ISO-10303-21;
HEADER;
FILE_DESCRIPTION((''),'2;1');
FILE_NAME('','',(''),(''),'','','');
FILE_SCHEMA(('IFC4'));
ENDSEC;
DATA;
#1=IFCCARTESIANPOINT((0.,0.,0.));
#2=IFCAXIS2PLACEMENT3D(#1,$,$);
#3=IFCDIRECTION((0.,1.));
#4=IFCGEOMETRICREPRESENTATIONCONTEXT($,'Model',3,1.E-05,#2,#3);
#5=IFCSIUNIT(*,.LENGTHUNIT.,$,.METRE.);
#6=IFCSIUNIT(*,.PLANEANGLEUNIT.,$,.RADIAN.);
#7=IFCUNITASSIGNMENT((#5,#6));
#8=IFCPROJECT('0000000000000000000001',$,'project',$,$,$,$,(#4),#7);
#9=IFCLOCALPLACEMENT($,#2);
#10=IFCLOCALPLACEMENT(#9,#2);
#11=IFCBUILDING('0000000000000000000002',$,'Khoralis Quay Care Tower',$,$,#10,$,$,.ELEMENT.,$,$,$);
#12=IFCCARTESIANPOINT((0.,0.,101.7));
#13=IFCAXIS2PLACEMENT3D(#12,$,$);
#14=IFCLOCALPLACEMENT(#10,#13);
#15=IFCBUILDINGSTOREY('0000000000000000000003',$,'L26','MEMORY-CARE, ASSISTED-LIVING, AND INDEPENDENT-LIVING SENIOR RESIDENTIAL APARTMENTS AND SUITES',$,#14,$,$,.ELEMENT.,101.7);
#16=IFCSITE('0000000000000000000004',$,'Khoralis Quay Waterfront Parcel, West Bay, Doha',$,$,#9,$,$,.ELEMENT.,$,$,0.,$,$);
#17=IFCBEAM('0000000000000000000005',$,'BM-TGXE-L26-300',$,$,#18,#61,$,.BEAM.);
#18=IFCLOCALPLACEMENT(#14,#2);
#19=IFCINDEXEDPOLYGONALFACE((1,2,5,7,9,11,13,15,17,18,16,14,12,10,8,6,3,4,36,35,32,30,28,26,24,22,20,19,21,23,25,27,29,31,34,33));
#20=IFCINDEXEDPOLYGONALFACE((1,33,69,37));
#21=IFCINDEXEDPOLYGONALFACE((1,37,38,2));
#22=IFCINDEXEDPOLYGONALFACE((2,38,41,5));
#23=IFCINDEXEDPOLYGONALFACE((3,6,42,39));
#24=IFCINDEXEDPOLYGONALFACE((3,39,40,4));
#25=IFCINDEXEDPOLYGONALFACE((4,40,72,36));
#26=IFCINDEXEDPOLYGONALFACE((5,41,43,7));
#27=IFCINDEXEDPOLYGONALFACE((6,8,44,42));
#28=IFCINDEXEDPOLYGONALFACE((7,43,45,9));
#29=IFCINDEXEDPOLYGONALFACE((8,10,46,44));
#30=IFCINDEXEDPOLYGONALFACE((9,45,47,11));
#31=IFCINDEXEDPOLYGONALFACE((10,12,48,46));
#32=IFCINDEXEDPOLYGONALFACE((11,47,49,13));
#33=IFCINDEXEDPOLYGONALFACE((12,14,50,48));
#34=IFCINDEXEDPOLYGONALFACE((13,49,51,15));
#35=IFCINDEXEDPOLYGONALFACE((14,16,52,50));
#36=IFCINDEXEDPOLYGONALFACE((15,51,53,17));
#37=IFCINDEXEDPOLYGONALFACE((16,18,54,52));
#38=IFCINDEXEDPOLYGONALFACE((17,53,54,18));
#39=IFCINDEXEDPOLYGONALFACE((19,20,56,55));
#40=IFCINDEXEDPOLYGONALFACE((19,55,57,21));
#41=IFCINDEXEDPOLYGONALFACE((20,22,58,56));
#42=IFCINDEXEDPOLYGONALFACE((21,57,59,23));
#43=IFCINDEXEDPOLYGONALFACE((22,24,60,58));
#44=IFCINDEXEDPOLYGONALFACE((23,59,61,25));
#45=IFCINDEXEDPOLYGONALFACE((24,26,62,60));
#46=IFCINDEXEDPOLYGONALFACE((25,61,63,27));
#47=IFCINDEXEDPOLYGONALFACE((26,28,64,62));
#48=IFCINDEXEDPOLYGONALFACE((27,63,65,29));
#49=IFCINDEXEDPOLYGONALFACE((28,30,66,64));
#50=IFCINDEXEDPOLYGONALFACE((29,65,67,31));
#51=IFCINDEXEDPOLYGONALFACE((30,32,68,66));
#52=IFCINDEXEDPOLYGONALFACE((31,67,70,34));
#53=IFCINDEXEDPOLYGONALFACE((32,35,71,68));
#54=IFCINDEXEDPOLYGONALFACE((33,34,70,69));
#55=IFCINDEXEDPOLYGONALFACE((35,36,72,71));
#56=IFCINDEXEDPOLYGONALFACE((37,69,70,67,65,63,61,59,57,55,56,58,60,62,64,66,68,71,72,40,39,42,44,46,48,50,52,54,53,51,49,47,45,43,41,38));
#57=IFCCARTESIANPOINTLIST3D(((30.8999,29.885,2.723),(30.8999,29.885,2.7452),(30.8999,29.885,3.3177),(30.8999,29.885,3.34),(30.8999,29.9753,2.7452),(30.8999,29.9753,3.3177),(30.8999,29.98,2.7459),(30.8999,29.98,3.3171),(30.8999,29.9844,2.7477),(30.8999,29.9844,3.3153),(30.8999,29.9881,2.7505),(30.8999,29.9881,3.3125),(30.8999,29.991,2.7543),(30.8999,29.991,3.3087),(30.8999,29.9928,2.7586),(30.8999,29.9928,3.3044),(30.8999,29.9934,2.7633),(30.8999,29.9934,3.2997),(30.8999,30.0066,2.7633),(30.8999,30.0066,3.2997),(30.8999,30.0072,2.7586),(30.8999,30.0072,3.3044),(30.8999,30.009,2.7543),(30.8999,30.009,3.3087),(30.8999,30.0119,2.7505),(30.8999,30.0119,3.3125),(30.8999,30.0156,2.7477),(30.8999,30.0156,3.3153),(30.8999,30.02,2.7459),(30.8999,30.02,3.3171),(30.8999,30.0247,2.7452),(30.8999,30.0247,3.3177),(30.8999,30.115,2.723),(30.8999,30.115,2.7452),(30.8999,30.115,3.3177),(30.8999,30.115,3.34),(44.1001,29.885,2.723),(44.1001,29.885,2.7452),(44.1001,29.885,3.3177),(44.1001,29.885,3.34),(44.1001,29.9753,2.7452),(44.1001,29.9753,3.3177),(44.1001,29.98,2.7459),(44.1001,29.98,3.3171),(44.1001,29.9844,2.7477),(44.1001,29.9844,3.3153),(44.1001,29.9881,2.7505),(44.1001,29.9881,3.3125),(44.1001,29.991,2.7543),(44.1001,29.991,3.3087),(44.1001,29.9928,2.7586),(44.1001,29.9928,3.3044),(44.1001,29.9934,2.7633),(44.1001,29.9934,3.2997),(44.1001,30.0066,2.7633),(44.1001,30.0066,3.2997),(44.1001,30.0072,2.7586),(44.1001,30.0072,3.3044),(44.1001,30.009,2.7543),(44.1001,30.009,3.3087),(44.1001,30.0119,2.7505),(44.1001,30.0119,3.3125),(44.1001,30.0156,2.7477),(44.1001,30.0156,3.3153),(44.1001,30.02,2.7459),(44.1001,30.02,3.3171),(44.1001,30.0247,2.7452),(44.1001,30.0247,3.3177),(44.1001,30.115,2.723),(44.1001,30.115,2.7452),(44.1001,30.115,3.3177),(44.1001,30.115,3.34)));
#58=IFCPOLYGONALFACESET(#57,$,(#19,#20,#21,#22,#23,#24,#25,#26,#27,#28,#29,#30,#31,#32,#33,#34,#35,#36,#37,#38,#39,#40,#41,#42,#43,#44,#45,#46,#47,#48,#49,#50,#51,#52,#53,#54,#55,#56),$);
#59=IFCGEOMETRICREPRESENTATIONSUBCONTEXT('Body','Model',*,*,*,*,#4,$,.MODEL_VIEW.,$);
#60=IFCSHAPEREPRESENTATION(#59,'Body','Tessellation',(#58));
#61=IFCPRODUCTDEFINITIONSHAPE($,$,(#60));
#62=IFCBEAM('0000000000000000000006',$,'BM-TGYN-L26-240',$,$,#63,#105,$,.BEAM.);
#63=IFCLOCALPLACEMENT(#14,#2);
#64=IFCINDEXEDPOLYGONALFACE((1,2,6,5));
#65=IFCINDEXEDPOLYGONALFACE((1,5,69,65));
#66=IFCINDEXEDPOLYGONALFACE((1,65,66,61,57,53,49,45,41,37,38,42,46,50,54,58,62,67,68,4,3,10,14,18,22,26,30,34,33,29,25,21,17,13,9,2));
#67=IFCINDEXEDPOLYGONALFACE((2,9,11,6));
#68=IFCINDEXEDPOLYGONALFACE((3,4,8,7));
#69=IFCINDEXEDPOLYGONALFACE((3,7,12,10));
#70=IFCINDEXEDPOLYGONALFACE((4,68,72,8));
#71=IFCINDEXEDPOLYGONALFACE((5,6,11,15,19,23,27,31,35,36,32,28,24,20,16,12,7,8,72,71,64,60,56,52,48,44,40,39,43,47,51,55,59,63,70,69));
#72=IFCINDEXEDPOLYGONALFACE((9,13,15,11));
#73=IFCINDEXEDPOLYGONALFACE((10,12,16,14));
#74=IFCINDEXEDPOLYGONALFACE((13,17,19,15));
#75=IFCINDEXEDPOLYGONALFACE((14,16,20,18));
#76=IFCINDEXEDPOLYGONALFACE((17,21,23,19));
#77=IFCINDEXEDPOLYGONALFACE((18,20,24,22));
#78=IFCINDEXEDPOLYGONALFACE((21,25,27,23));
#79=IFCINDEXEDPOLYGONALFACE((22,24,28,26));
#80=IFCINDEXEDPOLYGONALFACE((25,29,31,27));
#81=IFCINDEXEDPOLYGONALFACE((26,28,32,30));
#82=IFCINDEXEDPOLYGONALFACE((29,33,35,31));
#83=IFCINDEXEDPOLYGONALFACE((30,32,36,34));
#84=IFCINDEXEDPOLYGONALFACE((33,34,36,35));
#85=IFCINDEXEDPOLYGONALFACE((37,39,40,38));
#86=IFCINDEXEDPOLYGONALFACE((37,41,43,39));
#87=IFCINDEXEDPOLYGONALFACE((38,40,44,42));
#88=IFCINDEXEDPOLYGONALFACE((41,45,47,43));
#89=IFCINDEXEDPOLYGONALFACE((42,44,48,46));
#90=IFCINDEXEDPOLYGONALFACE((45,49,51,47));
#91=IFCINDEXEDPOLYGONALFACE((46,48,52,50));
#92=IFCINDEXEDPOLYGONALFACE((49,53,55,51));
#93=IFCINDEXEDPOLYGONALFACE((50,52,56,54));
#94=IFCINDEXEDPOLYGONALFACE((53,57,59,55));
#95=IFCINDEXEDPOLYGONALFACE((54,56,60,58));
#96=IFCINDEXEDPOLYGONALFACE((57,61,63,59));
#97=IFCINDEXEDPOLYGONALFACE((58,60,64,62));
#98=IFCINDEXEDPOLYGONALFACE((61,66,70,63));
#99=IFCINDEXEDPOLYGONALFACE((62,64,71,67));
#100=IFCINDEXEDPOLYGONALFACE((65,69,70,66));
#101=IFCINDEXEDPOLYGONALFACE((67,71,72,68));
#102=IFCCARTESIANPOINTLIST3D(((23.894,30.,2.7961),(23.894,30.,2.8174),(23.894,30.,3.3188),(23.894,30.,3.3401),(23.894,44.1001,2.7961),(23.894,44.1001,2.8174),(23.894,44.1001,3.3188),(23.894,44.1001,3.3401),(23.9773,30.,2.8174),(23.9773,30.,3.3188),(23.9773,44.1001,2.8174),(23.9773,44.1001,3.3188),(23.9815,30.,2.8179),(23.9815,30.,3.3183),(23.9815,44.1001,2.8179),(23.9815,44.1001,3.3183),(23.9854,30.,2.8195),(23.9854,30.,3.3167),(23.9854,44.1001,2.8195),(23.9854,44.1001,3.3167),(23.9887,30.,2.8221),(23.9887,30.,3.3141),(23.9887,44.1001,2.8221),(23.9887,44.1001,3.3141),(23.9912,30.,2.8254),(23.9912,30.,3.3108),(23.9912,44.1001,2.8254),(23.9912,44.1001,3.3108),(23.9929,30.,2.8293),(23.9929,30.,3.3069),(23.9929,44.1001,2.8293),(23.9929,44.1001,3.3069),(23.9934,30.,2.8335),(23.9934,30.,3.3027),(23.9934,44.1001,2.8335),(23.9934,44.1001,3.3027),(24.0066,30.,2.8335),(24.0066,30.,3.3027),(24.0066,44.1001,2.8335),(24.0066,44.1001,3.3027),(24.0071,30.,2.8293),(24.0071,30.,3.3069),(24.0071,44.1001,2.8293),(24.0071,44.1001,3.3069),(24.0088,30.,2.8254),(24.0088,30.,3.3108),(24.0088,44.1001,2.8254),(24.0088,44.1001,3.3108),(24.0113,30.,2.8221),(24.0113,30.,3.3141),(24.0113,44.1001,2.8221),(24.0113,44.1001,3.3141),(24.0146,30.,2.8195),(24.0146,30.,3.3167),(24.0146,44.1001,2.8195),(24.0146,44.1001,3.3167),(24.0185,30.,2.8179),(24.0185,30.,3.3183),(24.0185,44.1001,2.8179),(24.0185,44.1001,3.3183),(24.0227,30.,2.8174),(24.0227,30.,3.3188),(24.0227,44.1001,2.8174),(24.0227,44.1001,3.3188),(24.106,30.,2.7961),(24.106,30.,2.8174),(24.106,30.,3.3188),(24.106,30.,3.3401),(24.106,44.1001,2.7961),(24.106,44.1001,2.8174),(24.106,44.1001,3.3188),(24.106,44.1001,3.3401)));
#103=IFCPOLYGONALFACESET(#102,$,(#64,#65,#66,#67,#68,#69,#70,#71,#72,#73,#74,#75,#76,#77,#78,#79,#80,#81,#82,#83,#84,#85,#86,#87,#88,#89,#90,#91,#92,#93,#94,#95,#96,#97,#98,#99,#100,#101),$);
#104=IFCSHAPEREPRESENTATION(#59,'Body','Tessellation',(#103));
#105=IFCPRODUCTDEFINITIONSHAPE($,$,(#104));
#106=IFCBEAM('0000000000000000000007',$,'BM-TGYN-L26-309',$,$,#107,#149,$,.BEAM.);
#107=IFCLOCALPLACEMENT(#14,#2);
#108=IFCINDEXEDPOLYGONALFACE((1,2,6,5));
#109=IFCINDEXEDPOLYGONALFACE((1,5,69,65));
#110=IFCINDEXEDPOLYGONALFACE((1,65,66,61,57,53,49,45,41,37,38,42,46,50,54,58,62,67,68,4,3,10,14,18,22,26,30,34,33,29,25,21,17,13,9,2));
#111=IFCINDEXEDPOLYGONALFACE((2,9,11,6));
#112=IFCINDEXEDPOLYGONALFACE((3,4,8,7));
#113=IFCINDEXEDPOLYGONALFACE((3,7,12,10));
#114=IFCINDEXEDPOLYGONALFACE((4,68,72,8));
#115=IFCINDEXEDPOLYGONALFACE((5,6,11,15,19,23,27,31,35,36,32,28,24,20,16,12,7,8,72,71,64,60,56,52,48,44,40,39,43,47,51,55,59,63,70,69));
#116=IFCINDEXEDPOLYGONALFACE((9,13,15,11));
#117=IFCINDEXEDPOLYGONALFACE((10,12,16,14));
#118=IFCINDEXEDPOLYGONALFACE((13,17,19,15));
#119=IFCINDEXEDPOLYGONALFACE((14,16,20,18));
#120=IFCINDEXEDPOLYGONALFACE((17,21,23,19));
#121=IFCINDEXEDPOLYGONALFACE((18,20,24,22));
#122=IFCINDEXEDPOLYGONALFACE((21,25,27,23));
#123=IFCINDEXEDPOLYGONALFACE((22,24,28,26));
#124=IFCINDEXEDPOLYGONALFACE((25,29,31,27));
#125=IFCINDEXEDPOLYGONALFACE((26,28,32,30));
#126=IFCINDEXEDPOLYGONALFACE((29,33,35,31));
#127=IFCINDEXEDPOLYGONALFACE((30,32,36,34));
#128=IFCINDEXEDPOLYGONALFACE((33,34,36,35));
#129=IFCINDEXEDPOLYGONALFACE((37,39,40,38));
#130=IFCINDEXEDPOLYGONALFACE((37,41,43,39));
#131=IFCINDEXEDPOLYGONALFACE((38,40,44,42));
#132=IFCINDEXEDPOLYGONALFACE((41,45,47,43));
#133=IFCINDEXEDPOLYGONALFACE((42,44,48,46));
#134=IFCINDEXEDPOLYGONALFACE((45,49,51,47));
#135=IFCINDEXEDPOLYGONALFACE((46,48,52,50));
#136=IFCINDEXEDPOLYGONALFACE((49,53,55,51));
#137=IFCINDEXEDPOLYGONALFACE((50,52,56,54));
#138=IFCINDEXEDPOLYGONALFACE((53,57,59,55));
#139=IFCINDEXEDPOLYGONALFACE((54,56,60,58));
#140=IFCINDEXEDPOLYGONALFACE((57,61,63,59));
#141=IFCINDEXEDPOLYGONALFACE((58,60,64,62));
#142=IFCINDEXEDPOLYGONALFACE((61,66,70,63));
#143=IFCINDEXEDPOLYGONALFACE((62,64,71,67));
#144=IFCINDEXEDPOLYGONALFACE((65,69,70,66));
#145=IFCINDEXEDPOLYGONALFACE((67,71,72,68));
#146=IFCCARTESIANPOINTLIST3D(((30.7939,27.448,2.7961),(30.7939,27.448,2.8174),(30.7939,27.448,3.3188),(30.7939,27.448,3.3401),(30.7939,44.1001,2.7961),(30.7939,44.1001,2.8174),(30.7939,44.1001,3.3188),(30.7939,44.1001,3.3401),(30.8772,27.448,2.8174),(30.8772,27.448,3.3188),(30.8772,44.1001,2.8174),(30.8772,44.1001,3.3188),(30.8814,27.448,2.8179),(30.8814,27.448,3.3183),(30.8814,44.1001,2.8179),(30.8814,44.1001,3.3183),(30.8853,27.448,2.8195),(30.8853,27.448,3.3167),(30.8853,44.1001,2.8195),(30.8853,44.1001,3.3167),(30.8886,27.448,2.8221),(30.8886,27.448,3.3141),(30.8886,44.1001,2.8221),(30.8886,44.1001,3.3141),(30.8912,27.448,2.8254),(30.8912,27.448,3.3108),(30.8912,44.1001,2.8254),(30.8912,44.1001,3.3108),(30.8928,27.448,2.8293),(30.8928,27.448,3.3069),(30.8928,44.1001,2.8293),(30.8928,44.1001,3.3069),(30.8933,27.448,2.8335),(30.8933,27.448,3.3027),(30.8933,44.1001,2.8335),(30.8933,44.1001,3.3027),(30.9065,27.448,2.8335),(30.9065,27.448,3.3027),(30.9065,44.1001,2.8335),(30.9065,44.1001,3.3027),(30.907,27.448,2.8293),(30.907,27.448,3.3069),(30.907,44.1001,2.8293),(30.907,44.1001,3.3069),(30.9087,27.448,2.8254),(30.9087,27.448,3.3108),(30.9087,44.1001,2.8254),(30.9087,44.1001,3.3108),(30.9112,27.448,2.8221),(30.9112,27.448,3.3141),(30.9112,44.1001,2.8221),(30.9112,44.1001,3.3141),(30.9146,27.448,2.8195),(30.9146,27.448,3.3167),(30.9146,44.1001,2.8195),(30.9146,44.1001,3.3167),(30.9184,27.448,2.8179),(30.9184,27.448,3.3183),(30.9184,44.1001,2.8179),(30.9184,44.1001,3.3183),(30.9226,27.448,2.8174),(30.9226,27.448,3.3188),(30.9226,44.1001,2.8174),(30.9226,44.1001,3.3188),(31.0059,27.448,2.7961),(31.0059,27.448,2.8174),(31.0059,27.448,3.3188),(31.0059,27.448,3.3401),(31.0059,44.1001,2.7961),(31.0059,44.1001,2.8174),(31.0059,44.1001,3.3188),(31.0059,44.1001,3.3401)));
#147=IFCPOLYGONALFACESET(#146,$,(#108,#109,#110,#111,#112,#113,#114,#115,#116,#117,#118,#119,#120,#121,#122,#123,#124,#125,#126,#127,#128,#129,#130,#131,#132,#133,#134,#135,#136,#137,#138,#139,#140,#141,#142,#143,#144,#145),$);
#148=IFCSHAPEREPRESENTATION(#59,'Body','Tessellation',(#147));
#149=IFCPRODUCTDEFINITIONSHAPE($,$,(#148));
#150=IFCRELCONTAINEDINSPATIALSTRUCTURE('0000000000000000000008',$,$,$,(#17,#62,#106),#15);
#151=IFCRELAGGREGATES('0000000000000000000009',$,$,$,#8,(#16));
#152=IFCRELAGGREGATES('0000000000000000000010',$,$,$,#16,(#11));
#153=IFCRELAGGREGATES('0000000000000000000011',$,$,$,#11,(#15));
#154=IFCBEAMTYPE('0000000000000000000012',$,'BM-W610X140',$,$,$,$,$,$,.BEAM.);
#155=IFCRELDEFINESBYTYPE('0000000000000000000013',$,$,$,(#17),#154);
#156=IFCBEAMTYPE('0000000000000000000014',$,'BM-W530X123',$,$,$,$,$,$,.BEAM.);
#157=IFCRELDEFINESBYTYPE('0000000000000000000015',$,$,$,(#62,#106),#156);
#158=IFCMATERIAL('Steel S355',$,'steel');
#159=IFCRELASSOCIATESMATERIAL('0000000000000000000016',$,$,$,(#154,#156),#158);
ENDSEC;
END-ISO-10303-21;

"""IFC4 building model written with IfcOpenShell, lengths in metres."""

from ifc_helpers import new_model, si_unit, direction, frame, origin, origin_2d, place, context, subcontext, project, spatial, i_section, extrude, source, transform, mapped, material, material_profile, profile_set, type_object, element, save


model = new_model("IFC4")

# Units and contexts
model_context = context("Model", 3, precision=1e-05, world=origin(), true_north=direction((0.0, 1.0)))
body_context = subcontext(model_context, "Body", "Model", "MODEL_VIEW")
ifc_project = project(units=[si_unit("LENGTHUNIT", "METRE"), si_unit("PLANEANGLEUNIT", "RADIAN")], contexts=[model_context])

# Site, building, storey
site_placement = place(None, origin())
site = spatial("IfcSite", under=ifc_project, at=site_placement, Name="Khoralis Quay Waterfront Parcel, West Bay, Doha", CompositionType="ELEMENT", RefElevation=0.0)
building_placement = place(site_placement, origin())
building = spatial("IfcBuilding", under=site, at=building_placement, Name="Khoralis Quay Care Tower", CompositionType="ELEMENT")
storey_placement = place(building_placement, frame((0.0, 0.0, 101.7)))
storey = spatial("IfcBuildingStorey", under=building, at=storey_placement, Name="L26", Description="MEMORY-CARE, ASSISTED-LIVING, AND INDEPENDENT-LIVING SENIOR RESIDENTIAL APARTMENTS AND SUITES", CompositionType="ELEMENT", Elevation=101.7)

# Beams
ifc_material_1 = material(Name="Steel S355", Category="steel")
ifc_material_profile_1 = material_profile(ifc_material_1, i_section(OverallWidth=0.23, OverallDepth=0.6169, WebThickness=0.0132, FlangeThickness=0.0222, FilletRadius=0.0181, at=origin_2d()), Name="Steel S355")
ifc_profile_set_1 = profile_set([ifc_material_profile_1], Name="Steel S355")
beam_type_1 = type_object("IfcBeamType", Name="BM-W610X140", PredefinedType="BEAM", material=ifc_profile_set_1)
shared_shape_1 = source(origin(), body_context, "Body", "SweptSolid", [
    extrude(i_section(OverallWidth=0.23, OverallDepth=0.6169, WebThickness=0.0132, FlangeThickness=0.0222, FilletRadius=0.0181, at=origin_2d()), origin(), (0.0, 0.0, 1.0), 13.2002),
])
beam_1_placement = place(storey_placement, frame((30.8999, 30.0, 3.0315), z_axis=(1.0, 0.0, 0.0), x_axis=(0.0, 1.0, 0.0)))
element("IfcBeam", 1, at=beam_1_placement, inside=storey, type_object=beam_type_1, Name="BM-TGXE-L26-300", PredefinedType="BEAM", context=body_context, shape_type="MappedRepresentation", body=[
    mapped(shared_shape_1, transform((0.0, 0.0, 0.0), scale=1.0)),
])
ifc_material_profile_2 = material_profile(ifc_material_1, i_section(OverallWidth=0.2119, OverallDepth=0.5439, WebThickness=0.0132, FlangeThickness=0.0212, FilletRadius=0.0161, at=origin_2d()), Name="Steel S355")
ifc_profile_set_2 = profile_set([ifc_material_profile_2], Name="Steel S355")
beam_type_2 = type_object("IfcBeamType", Name="BM-W530X123", PredefinedType="BEAM", material=ifc_profile_set_2)
shared_shape_2 = source(origin(), body_context, "Body", "SweptSolid", [
    extrude(i_section(OverallWidth=0.2119, OverallDepth=0.5439, WebThickness=0.0132, FlangeThickness=0.0212, FilletRadius=0.0161, at=origin_2d()), origin(), (0.0, 0.0, 1.0), 14.1001),
])
beam_2_placement = place(storey_placement, frame((24.0, 30.0, 3.0681), z_axis=(0.0, 1.0, 0.0), x_axis=(-1.0, 0.0, 0.0)))
element("IfcBeam", 2, at=beam_2_placement, inside=storey, type_object=beam_type_2, Name="BM-TGYN-L26-240", PredefinedType="BEAM", context=body_context, shape_type="MappedRepresentation", body=[
    mapped(shared_shape_2, transform((0.0, 0.0, 0.0), scale=1.0)),
])
shared_shape_3 = source(origin(), body_context, "Body", "SweptSolid", [
    extrude(i_section(OverallWidth=0.2119, OverallDepth=0.5439, WebThickness=0.0132, FlangeThickness=0.0212, FilletRadius=0.0161, at=origin_2d()), origin(), (0.0, 0.0, 1.0), 16.6521),
])
beam_3_placement = place(storey_placement, frame((30.8999, 27.448, 3.0681), z_axis=(0.0, 1.0, 0.0), x_axis=(-1.0, 0.0, 0.0)))
element("IfcBeam", 3, at=beam_3_placement, inside=storey, type_object=beam_type_2, Name="BM-TGYN-L26-309", PredefinedType="BEAM", context=body_context, shape_type="MappedRepresentation", body=[
    mapped(shared_shape_3, transform((0.0, 0.0, 0.0), scale=1.0)),
])

save(model, "model.ifc")
